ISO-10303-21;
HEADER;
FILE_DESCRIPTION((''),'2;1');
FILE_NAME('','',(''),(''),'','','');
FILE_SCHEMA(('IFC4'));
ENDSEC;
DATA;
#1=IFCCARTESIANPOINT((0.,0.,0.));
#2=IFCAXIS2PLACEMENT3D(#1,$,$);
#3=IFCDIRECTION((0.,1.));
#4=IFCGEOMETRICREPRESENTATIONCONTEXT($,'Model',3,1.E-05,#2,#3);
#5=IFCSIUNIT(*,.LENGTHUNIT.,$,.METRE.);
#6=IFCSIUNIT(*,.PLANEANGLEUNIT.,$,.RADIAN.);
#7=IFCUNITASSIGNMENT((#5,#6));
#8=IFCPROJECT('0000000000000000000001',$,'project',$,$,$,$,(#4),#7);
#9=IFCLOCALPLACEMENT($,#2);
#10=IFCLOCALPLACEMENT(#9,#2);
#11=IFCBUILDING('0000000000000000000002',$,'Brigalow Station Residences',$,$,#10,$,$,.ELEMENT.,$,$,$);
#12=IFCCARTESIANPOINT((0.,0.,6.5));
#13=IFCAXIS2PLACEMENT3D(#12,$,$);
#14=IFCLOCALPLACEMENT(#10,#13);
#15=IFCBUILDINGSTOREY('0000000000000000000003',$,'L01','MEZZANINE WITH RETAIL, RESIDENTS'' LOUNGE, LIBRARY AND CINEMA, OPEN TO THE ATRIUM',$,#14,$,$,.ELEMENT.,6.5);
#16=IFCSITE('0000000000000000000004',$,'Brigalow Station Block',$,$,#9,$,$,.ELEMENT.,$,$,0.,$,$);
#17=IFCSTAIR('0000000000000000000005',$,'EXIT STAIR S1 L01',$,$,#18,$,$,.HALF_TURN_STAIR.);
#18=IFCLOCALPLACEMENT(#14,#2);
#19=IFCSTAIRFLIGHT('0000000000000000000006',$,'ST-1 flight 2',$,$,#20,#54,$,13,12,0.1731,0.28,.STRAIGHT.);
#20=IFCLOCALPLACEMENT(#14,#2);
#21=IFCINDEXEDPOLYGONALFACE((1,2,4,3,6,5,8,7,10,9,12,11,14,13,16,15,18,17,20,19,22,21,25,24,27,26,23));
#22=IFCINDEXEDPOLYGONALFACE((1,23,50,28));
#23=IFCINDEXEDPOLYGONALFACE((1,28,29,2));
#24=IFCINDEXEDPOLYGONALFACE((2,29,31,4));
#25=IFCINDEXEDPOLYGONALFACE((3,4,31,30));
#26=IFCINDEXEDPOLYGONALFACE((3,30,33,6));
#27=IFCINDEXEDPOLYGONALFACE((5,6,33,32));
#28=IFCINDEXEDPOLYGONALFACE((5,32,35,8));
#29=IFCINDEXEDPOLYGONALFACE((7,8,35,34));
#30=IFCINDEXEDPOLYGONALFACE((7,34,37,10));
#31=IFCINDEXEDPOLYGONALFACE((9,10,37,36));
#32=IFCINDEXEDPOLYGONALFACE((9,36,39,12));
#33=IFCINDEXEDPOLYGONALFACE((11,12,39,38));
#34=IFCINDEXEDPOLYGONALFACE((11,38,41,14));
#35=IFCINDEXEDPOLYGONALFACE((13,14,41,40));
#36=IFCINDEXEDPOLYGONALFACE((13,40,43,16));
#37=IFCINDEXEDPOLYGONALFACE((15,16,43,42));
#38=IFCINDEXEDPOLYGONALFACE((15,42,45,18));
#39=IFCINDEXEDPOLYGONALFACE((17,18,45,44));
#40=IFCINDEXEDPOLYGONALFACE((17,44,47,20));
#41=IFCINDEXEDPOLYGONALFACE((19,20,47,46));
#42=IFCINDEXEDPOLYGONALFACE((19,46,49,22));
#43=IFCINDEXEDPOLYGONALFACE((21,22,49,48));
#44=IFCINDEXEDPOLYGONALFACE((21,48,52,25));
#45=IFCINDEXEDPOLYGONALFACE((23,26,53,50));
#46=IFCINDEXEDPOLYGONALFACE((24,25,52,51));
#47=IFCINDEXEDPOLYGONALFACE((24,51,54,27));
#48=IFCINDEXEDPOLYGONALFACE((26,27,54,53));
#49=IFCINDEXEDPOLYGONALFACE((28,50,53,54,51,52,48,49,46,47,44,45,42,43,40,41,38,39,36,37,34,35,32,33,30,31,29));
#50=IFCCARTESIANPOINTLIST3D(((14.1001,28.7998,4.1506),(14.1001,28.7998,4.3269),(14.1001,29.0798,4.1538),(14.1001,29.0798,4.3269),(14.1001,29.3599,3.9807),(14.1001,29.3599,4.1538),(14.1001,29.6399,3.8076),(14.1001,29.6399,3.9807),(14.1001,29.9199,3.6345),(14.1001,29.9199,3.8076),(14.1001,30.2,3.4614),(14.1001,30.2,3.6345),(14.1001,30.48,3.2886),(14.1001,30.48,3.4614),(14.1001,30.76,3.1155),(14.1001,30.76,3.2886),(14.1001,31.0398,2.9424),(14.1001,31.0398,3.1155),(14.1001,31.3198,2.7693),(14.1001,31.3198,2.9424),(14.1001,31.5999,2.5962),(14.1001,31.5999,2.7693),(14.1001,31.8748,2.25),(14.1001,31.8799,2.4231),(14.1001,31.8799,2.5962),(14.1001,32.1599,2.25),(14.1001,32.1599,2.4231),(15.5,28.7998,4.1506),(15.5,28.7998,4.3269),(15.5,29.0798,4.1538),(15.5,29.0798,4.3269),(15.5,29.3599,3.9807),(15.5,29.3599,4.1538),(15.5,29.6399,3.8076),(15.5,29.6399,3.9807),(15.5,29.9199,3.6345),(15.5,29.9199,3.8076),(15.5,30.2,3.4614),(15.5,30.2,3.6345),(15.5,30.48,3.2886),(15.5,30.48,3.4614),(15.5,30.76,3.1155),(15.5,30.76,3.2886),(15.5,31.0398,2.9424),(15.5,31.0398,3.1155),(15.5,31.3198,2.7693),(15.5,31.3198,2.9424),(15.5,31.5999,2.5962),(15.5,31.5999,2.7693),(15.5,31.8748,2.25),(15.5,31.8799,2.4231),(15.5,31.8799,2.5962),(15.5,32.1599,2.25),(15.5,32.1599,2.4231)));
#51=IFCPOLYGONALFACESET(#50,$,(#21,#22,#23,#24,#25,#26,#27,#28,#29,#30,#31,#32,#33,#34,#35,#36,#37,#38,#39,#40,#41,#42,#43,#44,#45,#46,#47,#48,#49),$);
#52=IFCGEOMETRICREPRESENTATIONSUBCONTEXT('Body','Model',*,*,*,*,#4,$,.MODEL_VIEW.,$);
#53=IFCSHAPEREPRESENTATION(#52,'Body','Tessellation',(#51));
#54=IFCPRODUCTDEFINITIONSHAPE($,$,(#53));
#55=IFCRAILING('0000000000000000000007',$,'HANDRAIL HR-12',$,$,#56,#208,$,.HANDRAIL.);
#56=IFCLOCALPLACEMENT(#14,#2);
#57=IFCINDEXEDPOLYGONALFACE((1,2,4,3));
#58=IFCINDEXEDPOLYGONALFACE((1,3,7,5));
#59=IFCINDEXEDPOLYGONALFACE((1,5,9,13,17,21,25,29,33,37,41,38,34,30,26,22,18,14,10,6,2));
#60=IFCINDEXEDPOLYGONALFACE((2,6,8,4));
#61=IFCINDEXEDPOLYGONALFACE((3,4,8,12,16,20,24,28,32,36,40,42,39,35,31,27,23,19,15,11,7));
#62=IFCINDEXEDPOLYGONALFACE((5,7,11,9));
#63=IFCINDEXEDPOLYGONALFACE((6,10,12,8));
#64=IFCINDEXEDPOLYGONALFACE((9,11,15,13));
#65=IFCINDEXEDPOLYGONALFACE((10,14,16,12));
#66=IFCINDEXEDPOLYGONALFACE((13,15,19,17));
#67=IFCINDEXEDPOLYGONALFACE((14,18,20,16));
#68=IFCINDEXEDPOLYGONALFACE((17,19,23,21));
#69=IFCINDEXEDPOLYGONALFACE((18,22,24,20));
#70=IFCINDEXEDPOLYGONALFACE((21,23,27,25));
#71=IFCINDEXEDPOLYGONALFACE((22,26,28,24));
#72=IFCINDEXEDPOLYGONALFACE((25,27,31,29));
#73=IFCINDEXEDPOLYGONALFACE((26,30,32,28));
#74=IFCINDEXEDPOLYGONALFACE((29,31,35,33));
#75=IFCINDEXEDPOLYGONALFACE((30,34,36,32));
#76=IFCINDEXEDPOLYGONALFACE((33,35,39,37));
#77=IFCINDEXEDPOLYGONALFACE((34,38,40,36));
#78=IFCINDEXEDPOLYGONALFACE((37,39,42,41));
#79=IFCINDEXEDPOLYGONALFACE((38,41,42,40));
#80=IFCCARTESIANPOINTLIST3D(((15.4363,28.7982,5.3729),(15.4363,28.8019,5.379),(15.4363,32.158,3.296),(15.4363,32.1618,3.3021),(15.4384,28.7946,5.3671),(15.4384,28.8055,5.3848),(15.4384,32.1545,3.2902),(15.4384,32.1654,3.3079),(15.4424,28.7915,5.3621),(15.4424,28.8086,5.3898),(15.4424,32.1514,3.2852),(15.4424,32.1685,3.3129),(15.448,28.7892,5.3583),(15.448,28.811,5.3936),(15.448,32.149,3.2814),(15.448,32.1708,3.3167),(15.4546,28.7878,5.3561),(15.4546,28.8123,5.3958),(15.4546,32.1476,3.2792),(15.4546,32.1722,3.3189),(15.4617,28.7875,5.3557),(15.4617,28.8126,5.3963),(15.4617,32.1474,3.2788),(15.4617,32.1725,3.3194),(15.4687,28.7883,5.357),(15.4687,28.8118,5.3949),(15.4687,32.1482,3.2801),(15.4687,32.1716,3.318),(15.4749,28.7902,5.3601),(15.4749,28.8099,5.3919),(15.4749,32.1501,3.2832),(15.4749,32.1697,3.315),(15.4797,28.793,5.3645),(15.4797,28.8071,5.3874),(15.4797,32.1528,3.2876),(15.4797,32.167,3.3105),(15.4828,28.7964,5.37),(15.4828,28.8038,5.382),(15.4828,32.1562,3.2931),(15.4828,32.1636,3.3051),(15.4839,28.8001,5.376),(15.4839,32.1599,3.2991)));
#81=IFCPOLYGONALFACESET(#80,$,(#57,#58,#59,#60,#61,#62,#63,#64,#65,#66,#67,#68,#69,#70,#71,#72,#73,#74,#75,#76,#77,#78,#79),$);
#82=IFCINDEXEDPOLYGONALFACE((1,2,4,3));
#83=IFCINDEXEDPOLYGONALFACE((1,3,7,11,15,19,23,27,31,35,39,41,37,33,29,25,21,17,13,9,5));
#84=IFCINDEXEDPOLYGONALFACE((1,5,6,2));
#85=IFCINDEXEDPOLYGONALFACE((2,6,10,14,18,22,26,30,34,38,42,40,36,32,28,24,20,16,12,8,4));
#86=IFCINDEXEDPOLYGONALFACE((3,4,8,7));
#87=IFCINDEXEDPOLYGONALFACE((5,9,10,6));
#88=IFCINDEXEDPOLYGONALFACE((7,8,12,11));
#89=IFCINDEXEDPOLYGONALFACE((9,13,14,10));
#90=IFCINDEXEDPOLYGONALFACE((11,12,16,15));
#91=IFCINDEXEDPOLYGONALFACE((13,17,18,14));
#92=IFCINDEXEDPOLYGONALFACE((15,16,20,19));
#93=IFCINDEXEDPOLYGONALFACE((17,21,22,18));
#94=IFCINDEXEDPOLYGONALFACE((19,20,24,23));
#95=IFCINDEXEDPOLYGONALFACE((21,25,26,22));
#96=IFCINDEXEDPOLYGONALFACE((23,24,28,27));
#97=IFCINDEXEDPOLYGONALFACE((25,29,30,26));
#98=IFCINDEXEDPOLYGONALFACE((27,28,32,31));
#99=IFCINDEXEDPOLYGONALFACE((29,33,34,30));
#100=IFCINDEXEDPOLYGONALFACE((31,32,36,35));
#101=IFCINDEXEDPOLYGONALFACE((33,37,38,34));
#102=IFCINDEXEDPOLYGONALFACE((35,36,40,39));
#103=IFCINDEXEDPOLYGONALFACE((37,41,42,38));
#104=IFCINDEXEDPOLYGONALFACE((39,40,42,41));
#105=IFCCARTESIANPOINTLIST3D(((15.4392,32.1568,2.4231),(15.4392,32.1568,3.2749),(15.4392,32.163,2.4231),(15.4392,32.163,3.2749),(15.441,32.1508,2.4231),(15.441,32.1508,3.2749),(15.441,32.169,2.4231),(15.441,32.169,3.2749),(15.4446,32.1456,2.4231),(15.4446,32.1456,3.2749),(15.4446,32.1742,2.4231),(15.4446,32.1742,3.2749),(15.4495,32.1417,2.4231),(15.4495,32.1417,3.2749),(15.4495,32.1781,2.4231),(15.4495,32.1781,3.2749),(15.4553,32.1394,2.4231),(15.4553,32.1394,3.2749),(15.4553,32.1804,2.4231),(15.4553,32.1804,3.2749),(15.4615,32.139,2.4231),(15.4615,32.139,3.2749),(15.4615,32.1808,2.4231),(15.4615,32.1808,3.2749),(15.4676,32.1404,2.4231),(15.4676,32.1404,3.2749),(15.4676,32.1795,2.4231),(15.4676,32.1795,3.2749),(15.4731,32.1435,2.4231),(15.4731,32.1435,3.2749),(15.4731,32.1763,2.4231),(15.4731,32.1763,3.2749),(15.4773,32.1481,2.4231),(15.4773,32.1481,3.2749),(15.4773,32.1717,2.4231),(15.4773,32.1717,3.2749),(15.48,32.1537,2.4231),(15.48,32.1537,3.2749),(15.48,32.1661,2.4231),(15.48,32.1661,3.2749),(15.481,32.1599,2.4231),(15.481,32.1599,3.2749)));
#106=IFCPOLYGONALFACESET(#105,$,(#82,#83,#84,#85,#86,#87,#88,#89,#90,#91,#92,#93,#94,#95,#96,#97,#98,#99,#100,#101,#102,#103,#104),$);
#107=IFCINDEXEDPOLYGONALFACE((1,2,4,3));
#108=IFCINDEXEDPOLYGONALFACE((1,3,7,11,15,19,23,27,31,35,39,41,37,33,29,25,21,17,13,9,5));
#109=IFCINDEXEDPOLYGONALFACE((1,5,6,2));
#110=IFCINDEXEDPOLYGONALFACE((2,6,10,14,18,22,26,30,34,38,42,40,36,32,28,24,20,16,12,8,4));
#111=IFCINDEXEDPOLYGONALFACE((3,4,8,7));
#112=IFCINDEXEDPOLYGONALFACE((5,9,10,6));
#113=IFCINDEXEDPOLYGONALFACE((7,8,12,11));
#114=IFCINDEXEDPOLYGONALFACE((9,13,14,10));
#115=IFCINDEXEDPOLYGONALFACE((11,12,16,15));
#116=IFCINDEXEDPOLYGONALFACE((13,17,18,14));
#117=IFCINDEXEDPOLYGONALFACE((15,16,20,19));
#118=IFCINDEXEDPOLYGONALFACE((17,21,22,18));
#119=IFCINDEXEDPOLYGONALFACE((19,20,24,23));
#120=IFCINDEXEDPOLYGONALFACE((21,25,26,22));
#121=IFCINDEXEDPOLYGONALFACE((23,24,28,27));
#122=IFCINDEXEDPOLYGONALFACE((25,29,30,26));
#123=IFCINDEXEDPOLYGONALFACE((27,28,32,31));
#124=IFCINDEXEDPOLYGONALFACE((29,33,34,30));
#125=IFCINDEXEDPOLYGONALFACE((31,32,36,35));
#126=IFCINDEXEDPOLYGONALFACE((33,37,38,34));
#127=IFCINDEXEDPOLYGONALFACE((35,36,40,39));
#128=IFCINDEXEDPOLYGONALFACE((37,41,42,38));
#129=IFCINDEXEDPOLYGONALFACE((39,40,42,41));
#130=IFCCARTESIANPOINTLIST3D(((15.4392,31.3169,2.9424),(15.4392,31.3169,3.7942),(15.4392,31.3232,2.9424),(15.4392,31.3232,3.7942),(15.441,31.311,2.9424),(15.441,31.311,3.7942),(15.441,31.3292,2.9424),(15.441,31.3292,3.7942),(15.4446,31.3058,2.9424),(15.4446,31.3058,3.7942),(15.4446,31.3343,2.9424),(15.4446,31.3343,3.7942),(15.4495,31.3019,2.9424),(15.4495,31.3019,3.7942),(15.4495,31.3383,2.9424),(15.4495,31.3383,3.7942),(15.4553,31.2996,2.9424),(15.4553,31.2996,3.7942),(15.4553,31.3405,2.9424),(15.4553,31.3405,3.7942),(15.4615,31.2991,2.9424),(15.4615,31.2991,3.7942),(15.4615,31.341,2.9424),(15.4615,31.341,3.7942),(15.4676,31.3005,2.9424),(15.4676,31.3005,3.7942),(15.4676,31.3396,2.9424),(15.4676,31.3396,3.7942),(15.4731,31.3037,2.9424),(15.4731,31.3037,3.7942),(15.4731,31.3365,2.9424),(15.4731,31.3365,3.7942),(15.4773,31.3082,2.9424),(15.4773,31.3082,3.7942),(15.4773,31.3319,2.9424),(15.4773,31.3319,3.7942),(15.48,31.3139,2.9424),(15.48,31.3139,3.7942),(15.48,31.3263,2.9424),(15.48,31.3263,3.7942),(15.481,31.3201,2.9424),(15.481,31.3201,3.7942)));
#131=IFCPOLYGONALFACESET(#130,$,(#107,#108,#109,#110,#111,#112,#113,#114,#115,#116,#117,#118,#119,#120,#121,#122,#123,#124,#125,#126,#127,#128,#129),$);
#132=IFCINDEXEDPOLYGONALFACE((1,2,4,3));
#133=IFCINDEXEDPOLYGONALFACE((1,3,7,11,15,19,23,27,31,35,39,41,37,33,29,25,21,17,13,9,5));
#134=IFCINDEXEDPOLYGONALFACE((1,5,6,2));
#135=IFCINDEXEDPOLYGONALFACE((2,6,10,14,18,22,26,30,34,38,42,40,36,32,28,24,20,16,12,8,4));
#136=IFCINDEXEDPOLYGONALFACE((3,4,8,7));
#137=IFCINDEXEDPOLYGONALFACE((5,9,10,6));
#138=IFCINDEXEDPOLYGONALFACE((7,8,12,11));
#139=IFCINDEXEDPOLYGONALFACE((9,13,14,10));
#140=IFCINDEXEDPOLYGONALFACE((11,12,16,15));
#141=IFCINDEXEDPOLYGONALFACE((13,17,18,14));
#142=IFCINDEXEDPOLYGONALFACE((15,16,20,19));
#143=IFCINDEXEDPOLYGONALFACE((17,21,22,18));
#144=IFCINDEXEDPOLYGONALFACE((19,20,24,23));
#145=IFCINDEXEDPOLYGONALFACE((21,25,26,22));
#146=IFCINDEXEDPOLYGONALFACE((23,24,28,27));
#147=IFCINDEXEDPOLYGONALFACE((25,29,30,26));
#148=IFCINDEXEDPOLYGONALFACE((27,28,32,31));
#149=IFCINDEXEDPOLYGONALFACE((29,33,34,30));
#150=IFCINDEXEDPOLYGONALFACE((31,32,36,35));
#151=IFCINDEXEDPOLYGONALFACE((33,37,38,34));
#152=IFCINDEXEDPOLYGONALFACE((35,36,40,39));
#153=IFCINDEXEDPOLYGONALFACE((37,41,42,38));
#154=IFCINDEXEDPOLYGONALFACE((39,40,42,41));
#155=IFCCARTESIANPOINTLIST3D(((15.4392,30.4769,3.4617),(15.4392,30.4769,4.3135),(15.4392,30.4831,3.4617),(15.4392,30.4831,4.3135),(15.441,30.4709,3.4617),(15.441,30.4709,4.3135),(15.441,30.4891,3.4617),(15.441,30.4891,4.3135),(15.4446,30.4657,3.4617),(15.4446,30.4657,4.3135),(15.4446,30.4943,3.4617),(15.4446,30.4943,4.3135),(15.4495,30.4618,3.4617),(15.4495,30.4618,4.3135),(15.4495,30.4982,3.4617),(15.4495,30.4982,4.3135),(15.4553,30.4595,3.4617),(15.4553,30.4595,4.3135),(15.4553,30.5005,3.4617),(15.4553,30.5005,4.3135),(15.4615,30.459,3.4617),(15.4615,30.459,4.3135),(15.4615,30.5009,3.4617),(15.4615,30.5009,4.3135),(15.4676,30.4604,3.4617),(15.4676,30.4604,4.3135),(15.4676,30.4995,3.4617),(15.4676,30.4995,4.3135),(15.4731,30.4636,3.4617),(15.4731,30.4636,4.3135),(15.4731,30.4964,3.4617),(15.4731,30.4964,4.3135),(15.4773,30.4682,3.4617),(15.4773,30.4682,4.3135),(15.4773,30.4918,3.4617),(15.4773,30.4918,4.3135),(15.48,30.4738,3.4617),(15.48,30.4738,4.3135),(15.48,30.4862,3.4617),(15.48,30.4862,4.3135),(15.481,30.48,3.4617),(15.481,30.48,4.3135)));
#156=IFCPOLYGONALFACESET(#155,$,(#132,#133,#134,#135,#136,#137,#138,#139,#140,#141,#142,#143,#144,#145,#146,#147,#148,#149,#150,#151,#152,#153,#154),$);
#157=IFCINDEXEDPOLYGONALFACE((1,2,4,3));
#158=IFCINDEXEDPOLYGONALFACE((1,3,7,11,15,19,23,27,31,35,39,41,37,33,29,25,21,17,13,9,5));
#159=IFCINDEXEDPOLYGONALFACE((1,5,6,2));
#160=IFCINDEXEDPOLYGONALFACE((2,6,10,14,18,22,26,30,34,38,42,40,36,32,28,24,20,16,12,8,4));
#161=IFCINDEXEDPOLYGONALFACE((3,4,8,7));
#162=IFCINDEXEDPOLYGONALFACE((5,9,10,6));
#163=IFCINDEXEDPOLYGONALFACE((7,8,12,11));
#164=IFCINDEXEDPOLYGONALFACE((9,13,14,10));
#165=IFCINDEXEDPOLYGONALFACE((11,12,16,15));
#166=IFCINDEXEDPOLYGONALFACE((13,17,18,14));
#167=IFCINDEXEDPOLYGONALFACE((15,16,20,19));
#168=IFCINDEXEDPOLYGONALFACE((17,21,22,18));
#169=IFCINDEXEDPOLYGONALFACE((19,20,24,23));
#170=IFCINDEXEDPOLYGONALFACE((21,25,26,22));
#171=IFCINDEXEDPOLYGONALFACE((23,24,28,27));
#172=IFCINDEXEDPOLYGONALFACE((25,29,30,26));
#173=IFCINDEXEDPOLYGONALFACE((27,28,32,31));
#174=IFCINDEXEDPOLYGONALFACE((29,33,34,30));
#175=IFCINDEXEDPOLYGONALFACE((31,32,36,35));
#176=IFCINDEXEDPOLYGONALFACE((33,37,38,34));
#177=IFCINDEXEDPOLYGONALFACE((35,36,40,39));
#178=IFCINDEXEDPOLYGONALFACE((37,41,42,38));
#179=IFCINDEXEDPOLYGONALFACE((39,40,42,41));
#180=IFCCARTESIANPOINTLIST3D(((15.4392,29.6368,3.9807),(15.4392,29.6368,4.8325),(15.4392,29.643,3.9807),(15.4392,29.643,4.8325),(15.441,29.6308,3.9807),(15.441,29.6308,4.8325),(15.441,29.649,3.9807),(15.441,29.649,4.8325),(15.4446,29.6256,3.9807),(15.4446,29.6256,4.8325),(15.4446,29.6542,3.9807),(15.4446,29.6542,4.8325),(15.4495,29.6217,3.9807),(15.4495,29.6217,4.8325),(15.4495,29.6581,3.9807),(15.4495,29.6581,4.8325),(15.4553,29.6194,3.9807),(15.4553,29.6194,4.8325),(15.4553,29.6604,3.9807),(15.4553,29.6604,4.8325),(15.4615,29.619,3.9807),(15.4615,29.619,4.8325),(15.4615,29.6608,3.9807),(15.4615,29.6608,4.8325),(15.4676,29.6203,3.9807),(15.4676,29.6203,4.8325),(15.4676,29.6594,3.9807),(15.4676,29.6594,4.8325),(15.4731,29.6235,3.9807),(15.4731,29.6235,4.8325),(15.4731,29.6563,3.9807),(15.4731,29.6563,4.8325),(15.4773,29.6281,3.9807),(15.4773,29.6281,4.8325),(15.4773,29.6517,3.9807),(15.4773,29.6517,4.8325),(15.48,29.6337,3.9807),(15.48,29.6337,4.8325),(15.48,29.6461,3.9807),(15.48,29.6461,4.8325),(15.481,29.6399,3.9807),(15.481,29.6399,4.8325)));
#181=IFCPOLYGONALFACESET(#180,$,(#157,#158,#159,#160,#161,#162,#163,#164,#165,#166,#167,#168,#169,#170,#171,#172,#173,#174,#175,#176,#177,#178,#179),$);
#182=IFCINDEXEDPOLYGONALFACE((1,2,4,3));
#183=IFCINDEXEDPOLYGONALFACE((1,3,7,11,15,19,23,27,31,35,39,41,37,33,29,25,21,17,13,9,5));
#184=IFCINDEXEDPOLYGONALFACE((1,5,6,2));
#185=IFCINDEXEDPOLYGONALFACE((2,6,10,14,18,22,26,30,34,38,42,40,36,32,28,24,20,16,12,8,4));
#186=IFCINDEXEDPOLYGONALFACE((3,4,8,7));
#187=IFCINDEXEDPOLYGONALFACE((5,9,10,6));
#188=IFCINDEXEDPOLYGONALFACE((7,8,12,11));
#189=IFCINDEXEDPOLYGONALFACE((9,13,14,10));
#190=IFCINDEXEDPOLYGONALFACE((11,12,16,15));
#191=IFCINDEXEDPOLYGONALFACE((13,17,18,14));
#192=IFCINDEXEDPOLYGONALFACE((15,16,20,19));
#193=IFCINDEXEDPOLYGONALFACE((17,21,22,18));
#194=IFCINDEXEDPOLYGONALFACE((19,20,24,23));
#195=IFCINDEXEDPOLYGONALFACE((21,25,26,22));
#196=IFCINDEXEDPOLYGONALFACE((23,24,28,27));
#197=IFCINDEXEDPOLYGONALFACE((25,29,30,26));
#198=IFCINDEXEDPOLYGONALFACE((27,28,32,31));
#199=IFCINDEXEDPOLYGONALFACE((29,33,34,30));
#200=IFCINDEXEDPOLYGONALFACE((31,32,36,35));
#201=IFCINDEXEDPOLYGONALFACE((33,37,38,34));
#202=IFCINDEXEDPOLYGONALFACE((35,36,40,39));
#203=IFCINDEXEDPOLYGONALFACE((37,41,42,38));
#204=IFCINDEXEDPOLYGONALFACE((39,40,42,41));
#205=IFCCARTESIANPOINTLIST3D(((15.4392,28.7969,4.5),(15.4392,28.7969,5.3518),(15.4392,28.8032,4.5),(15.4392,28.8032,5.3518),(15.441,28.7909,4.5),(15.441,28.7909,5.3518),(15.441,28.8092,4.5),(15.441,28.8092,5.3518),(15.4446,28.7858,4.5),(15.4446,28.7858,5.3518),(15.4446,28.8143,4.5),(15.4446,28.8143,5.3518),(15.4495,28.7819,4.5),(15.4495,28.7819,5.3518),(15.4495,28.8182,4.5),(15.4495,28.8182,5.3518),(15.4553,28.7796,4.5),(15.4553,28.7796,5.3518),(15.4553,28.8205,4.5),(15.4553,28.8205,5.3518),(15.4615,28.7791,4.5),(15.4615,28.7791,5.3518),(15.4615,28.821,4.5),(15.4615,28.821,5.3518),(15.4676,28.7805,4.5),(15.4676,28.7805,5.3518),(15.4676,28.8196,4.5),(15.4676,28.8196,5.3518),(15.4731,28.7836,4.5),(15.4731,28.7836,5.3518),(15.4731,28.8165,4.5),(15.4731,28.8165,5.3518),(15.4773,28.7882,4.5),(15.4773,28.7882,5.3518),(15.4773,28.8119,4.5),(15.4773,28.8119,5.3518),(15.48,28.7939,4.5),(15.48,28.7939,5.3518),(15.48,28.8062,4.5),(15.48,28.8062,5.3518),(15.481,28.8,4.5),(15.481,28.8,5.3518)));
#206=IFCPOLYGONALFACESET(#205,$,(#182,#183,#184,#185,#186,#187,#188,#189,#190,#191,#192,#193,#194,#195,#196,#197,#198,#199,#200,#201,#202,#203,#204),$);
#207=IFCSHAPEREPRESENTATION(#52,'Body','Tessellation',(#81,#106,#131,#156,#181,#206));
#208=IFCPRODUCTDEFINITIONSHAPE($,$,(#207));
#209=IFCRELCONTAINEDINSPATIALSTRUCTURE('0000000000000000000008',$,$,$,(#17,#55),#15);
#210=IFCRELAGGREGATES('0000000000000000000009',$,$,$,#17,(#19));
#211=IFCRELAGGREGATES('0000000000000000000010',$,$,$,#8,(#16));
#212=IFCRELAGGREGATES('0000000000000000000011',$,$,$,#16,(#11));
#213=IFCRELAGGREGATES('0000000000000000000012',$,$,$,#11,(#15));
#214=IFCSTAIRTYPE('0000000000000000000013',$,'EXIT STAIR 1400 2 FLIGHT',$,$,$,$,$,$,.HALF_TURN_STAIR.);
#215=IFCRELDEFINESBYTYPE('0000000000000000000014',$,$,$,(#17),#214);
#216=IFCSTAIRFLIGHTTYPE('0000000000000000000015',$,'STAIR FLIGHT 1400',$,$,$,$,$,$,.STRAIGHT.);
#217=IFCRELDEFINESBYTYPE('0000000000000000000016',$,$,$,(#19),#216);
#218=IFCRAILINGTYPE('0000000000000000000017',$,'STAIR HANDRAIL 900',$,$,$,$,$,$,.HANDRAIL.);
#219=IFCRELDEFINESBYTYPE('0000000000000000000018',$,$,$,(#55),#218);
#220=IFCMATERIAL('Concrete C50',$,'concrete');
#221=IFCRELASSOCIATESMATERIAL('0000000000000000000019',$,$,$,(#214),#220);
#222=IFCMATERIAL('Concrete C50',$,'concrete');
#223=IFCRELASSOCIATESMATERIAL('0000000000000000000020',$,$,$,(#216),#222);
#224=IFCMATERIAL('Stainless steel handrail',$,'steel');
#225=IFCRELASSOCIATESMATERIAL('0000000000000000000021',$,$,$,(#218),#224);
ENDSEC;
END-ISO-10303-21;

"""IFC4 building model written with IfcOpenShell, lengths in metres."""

from ifc_helpers import new_model, si_unit, direction, frame, origin, origin_2d, place, context, subcontext, project, spatial, polyline, circle, outline, extrude, material, type_object, element, aggregate, save


model = new_model("IFC4")

# Units and contexts
model_context = context("Model", 3, precision=1e-05, world=origin(), true_north=direction((0.0, 1.0)))
body_context = subcontext(model_context, "Body", "Model", "MODEL_VIEW")
ifc_project = project(units=[si_unit("LENGTHUNIT", "METRE"), si_unit("PLANEANGLEUNIT", "RADIAN")], contexts=[model_context])

# Site, building, storey
site_placement = place(None, origin())
site = spatial("IfcSite", under=ifc_project, at=site_placement, Name="Brigalow Station Block", CompositionType="ELEMENT", RefElevation=0.0)
building_placement = place(site_placement, origin())
building = spatial("IfcBuilding", under=site, at=building_placement, Name="Brigalow Station Residences", CompositionType="ELEMENT")
storey_placement = place(building_placement, frame((0.0, 0.0, 6.5)))
storey = spatial("IfcBuildingStorey", under=building, at=storey_placement, Name="L01", Description="MEZZANINE WITH RETAIL, RESIDENTS' LOUNGE, LIBRARY AND CINEMA, OPEN TO THE ATRIUM", CompositionType="ELEMENT", Elevation=6.5)

# Stair, stair flight
ifc_material_1 = material(Name="Concrete C50", Category="concrete")
stair_type = type_object("IfcStairType", Name="EXIT STAIR 1400 2 FLIGHT", PredefinedType="HALF_TURN_STAIR", material=ifc_material_1)
stair_placement = place(storey_placement, origin())
stair = element("IfcStair", 1, at=stair_placement, inside=storey, type_object=stair_type, Name="EXIT STAIR S1 L01", PredefinedType="HALF_TURN_STAIR")
ifc_material_2 = material(Name="Concrete C50", Category="concrete")
stair_flight_type = type_object("IfcStairFlightType", Name="STAIR FLIGHT 1400", PredefinedType="STRAIGHT", material=ifc_material_2)
stair_flight_placement = place(storey_placement, frame((14.8, 32.1599, 2.25), z_axis=(0.0, 0.0, 1.0), x_axis=(0.0, -1.0, 0.0)))
stair_flight = element("IfcStairFlight", 2, at=stair_flight_placement, type_object=stair_flight_type, Name="ST-1 flight 2", NumberOfRisers=13, NumberOfTreads=12, PredefinedType="STRAIGHT", RiserHeight=0.1731, TreadLength=0.28, context=body_context, shape_type="SweptSolid", body=[
    extrude(outline(polyline([(0.0, 0.0), (0.0, 0.1731), (0.28, 0.1731), (0.28, 0.3462), (0.5601, 0.3462), (0.5601, 0.5193), (0.8401, 0.5193), (0.8401, 0.6924), (1.1201, 0.6924), (1.1201, 0.8655), (1.3999, 0.8655), (1.3999, 1.0386), (1.6799, 1.0386), (1.6799, 1.2114), (1.96, 1.2114), (1.96, 1.3845), (2.24, 1.3845), (2.24, 1.5576), (2.52, 1.5576), (2.52, 1.7307), (2.8, 1.7307), (2.8, 1.9038), (3.0801, 1.9038), (3.0801, 2.0769), (3.3601, 2.0769), (3.3601, 2.25), (3.3601, 1.9006), (0.2852, 0.0), (0.0, 0.0)])), frame((0.0, 0.7, 0.0), z_axis=(0.0, -1.0, 0.0), x_axis=(1.0, 0.0, 0.0)), (0.0, 0.0, 1.0), 1.3999),
])
aggregate(stair, [stair_flight])

# Railing
ifc_material_3 = material(Name="Stainless steel handrail", Category="steel")
railing_type_1 = type_object("IfcRailingType", Name="STAIR HANDRAIL 900", PredefinedType="HANDRAIL", material=ifc_material_3)
railing_1_placement = place(storey_placement, frame((15.46, 32.1599, 2.4231)))
element("IfcRailing", 3, at=railing_1_placement, inside=storey, type_object=railing_type_1, Name="HANDRAIL HR-12", PredefinedType="HANDRAIL", context=body_context, shape_type="SweptSolid", body=[
    extrude(circle(Radius=0.0239, at=origin_2d()), frame((0.0, 0.0, 0.876), z_axis=(0.0, -0.850606, 0.525803), x_axis=(1.0, 0.0, 0.0)), (0.0, 0.0, 1.0), 3.95),
    extrude(circle(Radius=0.021, at=origin_2d()), origin(), (0.0, 0.0, 1.0), 0.8518),
    extrude(circle(Radius=0.021, at=origin_2d()), frame((0.0, -0.8398, 0.5193)), (0.0, 0.0, 1.0), 0.8518),
    extrude(circle(Radius=0.021, at=origin_2d()), frame((0.0, -1.6799, 1.0386)), (0.0, 0.0, 1.0), 0.8518),
    extrude(circle(Radius=0.021, at=origin_2d()), frame((0.0, -2.52, 1.5576)), (0.0, 0.0, 1.0), 0.8518),
    extrude(circle(Radius=0.021, at=origin_2d()), frame((0.0, -3.3599, 2.0769)), (0.0, 0.0, 1.0), 0.8518),
])

save(model, "model.ifc")
